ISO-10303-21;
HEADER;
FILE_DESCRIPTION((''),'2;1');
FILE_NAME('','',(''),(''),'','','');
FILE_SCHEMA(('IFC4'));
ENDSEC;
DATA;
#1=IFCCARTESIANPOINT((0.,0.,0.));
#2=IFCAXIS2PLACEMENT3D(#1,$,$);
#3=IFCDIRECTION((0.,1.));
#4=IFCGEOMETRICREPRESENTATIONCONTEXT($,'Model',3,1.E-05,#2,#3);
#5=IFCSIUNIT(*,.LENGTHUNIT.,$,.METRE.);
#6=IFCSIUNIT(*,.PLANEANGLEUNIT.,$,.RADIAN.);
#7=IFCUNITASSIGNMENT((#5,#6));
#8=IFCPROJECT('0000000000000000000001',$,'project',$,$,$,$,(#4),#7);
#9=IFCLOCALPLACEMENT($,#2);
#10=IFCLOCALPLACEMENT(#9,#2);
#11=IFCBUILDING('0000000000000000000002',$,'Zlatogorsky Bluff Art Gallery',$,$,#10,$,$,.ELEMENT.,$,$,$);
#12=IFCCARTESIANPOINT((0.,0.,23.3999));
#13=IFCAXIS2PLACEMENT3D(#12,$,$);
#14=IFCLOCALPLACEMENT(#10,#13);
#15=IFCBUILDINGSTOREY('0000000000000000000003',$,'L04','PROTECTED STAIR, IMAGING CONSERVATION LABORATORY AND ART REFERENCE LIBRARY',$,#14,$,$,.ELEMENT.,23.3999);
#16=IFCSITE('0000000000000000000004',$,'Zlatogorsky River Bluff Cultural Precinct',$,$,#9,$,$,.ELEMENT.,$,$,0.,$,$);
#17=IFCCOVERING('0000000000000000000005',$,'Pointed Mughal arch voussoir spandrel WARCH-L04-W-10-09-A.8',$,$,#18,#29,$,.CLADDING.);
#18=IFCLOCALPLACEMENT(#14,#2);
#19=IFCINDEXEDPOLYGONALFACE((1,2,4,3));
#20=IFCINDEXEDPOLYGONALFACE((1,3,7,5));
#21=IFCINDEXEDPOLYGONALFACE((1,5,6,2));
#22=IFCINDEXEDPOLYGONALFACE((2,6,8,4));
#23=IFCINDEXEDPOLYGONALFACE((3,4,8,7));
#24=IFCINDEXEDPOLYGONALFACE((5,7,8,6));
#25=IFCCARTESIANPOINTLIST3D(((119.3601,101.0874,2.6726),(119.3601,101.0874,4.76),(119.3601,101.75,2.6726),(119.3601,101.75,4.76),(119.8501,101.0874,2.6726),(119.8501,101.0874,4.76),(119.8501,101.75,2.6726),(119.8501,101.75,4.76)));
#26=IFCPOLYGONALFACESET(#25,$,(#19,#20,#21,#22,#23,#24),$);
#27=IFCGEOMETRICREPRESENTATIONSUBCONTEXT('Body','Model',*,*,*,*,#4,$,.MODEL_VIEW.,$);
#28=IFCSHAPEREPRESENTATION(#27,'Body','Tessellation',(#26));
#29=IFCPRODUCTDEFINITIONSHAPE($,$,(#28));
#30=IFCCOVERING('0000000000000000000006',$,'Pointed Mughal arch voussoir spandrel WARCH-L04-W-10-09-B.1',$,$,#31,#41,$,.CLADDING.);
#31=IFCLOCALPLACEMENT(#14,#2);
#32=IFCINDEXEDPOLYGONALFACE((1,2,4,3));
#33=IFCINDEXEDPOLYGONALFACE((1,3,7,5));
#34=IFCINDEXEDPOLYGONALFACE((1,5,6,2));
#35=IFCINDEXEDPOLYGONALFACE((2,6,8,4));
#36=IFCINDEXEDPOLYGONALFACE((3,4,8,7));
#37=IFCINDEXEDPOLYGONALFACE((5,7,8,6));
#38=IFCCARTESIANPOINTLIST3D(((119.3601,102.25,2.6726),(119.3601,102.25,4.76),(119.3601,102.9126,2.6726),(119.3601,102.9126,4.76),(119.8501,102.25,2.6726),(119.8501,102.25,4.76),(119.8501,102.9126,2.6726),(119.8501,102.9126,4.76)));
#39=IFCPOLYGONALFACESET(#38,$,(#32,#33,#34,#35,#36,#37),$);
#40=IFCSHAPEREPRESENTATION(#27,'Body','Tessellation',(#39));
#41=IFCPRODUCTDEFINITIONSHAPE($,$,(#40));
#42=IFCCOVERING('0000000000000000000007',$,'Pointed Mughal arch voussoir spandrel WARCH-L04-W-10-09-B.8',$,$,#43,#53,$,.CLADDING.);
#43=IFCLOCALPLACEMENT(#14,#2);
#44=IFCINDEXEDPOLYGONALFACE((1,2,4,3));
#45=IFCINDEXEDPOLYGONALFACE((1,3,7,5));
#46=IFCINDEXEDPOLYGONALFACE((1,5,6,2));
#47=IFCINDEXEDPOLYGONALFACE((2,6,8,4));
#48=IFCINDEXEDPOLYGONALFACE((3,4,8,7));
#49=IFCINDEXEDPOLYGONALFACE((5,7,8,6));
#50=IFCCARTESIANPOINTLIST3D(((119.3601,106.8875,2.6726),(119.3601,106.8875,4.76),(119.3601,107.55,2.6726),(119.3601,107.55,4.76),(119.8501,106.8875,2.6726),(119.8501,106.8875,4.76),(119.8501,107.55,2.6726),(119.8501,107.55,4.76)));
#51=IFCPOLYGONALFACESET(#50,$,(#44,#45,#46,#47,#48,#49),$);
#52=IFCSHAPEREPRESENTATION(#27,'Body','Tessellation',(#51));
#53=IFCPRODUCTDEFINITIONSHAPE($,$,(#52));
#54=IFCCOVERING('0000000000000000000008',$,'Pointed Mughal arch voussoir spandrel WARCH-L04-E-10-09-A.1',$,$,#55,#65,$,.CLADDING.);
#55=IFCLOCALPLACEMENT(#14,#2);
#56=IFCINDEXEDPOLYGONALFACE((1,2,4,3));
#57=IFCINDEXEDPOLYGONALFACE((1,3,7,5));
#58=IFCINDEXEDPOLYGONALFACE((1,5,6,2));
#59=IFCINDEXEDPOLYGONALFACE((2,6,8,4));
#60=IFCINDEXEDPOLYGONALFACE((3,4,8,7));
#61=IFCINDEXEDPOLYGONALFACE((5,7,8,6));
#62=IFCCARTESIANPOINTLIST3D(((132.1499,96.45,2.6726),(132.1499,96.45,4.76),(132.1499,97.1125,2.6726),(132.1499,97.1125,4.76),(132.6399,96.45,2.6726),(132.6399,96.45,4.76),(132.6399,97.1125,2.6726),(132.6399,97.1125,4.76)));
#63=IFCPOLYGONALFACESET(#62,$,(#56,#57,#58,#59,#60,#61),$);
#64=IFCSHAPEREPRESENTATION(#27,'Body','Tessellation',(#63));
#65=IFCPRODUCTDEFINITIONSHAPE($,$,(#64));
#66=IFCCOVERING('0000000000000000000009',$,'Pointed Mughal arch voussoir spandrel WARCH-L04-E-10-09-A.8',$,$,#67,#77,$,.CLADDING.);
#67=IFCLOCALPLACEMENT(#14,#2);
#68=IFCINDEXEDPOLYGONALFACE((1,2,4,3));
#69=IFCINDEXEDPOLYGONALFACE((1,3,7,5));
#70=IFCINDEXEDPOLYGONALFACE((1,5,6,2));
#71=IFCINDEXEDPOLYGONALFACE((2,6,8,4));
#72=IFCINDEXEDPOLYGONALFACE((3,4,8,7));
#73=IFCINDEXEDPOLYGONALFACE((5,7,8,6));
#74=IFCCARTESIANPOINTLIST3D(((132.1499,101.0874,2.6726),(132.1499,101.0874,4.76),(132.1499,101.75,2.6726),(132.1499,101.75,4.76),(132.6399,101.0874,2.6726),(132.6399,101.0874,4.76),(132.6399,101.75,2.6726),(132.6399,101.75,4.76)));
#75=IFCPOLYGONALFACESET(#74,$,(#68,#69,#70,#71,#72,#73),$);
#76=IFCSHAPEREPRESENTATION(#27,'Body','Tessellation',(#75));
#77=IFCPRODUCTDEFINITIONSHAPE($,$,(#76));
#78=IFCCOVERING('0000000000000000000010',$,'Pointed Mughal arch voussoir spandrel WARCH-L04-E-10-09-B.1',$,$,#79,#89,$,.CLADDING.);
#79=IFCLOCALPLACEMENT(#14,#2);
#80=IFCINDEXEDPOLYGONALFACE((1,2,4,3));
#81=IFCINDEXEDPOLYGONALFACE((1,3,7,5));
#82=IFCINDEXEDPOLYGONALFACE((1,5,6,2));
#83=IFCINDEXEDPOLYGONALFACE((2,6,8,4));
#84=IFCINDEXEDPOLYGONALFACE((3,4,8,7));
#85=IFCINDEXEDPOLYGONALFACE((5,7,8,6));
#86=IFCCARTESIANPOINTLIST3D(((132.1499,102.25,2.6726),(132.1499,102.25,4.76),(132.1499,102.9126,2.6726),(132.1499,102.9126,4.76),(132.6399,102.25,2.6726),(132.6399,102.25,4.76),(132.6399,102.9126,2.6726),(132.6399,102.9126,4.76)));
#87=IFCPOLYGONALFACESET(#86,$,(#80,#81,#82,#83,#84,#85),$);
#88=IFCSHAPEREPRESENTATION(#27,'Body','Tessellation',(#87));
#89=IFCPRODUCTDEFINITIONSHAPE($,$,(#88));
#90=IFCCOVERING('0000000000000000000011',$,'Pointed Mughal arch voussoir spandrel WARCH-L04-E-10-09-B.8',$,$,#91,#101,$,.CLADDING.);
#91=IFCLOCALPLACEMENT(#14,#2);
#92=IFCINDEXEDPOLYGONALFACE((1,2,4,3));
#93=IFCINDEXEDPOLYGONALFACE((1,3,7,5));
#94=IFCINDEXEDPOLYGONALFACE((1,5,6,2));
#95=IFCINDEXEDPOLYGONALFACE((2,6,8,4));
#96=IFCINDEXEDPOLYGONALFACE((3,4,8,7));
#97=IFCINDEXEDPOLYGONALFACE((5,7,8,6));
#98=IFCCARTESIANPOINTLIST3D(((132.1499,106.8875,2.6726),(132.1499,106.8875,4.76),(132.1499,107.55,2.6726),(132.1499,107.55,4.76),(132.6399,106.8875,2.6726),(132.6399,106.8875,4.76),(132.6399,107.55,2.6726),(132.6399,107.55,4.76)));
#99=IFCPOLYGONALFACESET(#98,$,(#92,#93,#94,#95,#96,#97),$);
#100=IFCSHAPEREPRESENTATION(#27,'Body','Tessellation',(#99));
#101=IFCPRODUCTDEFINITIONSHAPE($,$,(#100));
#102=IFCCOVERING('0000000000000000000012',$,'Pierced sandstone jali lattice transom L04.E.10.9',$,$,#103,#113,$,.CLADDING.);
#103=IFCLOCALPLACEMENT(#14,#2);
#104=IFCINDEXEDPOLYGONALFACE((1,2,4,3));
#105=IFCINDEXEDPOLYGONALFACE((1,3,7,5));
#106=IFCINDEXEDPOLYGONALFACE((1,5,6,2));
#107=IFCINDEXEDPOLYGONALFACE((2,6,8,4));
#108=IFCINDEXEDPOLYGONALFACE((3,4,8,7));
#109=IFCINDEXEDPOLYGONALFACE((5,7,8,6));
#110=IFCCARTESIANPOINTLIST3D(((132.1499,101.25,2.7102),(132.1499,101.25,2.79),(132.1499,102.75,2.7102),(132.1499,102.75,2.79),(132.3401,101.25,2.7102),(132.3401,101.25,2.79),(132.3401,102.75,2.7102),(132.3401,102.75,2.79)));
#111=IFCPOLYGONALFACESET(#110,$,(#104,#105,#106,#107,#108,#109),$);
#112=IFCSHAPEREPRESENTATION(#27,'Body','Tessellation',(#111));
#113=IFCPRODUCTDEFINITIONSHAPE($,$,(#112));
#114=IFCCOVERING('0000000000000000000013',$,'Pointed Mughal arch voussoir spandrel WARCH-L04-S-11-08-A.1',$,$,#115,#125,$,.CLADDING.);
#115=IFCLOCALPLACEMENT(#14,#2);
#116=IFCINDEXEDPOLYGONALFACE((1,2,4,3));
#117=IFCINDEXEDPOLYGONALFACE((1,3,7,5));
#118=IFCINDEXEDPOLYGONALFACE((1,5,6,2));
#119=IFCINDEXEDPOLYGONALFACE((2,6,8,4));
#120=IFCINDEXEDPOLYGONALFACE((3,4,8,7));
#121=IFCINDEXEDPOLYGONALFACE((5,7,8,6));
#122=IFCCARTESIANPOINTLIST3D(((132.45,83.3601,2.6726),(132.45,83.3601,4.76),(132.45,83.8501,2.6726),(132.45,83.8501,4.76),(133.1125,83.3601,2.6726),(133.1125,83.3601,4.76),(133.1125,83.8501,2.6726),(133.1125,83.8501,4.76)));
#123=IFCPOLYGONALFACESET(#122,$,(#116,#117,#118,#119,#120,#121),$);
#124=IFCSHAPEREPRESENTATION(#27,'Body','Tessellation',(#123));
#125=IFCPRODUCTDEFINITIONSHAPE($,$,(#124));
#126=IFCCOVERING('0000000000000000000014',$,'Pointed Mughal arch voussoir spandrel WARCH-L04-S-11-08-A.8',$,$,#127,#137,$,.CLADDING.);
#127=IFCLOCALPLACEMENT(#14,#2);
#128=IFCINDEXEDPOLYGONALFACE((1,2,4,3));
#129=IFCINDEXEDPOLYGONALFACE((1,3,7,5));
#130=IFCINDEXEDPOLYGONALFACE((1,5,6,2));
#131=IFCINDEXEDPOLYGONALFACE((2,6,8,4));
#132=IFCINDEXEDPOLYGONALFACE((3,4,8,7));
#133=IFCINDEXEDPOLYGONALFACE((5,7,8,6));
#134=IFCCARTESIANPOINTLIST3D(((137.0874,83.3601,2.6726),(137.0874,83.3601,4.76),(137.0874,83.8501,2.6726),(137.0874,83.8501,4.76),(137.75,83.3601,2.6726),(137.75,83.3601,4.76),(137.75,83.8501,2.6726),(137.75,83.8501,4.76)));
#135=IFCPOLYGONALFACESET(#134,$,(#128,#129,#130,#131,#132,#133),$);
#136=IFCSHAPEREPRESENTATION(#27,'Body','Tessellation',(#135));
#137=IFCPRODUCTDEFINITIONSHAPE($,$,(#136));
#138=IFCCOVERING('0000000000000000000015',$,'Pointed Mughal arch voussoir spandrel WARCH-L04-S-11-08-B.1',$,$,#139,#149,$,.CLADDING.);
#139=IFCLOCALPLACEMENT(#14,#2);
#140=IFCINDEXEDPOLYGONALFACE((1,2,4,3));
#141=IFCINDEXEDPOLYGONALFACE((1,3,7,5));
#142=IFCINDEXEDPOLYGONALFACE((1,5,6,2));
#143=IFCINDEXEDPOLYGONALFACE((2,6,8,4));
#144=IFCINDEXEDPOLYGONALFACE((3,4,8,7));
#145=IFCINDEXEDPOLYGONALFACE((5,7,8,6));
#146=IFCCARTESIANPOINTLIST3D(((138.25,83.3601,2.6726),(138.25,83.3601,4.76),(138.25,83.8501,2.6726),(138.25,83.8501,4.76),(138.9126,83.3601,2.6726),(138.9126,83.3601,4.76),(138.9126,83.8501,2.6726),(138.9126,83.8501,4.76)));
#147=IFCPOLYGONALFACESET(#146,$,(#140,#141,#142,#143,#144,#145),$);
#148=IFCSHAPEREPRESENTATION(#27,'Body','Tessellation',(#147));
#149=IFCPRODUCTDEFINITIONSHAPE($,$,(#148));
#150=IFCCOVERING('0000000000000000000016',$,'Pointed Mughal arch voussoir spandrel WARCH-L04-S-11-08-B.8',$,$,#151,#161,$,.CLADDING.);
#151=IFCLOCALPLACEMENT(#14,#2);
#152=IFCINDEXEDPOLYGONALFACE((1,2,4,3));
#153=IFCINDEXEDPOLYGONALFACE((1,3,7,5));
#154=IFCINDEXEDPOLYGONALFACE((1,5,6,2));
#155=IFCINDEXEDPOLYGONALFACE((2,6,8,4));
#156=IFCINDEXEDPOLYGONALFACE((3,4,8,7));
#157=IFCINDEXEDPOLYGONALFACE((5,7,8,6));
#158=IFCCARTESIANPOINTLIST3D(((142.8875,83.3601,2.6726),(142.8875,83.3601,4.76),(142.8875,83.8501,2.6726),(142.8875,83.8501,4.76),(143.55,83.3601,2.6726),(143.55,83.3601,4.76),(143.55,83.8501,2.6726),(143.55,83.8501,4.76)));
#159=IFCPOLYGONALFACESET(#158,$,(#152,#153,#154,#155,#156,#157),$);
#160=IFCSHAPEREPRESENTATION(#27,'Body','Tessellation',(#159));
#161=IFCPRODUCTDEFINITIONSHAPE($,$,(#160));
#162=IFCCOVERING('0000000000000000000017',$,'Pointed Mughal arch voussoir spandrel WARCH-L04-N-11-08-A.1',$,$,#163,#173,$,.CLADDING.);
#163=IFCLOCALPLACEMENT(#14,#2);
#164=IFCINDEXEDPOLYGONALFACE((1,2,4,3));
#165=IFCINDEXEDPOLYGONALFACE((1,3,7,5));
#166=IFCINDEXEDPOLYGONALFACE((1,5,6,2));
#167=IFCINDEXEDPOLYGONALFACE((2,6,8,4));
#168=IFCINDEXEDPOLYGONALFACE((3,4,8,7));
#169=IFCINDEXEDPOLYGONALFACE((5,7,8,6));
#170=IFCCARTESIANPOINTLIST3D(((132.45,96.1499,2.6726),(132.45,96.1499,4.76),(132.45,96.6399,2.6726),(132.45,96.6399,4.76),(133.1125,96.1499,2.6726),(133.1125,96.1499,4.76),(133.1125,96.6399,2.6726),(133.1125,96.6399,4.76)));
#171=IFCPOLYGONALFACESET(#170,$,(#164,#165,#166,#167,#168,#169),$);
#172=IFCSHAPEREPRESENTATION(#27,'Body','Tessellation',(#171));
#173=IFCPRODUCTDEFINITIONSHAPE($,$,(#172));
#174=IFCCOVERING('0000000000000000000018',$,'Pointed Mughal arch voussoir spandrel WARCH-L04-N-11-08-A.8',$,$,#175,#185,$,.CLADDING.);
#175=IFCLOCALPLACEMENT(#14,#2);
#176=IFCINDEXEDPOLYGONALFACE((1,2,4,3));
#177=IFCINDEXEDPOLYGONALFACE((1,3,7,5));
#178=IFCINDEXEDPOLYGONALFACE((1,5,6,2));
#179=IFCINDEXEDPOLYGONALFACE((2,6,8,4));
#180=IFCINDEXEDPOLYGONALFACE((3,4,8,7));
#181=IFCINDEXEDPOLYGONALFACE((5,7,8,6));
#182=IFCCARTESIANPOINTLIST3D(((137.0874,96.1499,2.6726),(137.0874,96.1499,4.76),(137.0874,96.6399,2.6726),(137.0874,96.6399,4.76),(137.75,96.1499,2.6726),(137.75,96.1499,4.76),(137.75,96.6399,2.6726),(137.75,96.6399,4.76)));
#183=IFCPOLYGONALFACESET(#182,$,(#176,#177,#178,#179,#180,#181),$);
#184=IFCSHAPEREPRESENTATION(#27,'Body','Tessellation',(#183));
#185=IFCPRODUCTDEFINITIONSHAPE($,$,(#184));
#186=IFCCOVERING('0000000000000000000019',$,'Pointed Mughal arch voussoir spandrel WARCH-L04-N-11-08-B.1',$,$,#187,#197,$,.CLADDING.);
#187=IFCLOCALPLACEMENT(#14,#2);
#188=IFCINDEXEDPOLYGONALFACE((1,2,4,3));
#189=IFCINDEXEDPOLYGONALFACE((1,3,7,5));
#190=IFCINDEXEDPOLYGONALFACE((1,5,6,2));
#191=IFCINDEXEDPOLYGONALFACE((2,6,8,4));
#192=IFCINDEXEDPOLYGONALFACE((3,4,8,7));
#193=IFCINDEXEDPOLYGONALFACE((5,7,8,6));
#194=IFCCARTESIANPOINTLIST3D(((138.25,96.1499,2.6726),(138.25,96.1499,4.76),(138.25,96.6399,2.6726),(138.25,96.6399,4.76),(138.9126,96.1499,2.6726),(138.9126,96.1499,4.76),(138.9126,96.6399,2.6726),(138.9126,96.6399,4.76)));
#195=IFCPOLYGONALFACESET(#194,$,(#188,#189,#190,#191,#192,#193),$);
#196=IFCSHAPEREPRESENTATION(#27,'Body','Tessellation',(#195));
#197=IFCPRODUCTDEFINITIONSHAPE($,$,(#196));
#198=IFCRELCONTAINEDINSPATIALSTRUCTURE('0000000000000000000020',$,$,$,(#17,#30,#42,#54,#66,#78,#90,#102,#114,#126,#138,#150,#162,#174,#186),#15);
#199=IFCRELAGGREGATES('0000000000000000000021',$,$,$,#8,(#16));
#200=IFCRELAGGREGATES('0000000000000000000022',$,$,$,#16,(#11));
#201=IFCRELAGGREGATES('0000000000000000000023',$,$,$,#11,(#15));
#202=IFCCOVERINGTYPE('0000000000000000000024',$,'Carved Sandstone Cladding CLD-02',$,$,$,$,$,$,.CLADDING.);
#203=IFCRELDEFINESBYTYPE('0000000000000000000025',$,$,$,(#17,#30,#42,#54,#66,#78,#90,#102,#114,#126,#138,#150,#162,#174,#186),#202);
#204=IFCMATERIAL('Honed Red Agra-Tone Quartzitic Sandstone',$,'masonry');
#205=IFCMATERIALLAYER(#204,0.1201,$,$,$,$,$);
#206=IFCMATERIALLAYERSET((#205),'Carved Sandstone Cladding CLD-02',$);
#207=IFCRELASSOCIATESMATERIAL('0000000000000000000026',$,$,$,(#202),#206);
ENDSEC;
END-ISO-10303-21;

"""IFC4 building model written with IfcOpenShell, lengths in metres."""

from ifc_helpers import new_model, si_unit, direction, frame, origin, place, context, subcontext, project, spatial, polyline, outline, extrude, material, layer, layer_set, type_object, element, save


model = new_model("IFC4")

# Units and contexts
model_context = context("Model", 3, precision=1e-05, world=origin(), true_north=direction((0.0, 1.0)))
body_context = subcontext(model_context, "Body", "Model", "MODEL_VIEW")
ifc_project = project(units=[si_unit("LENGTHUNIT", "METRE"), si_unit("PLANEANGLEUNIT", "RADIAN")], contexts=[model_context])

# Site, building, storey
site_placement = place(None, origin())
site = spatial("IfcSite", under=ifc_project, at=site_placement, Name="Zlatogorsky River Bluff Cultural Precinct", CompositionType="ELEMENT", RefElevation=0.0)
building_placement = place(site_placement, origin())
building = spatial("IfcBuilding", under=site, at=building_placement, Name="Zlatogorsky Bluff Art Gallery", CompositionType="ELEMENT")
storey_placement = place(building_placement, frame((0.0, 0.0, 23.3999)))
storey = spatial("IfcBuildingStorey", under=building, at=storey_placement, Name="L04", Description="PROTECTED STAIR, IMAGING CONSERVATION LABORATORY AND ART REFERENCE LIBRARY", CompositionType="ELEMENT", Elevation=23.3999)

# Coverings
ifc_material = material(Name="Honed Red Agra-Tone Quartzitic Sandstone", Category="masonry")
ifc_layer = layer(ifc_material, 0.1201)
ifc_layer_set = layer_set([ifc_layer], Name="Carved Sandstone Cladding CLD-02")
covering_type = type_object("IfcCoveringType", Name="Carved Sandstone Cladding CLD-02", PredefinedType="CLADDING", material=ifc_layer_set)
covering_1_placement = place(storey_placement, frame((0.0, 0.0, 2.6726)))
element("IfcCovering", 1, at=covering_1_placement, inside=storey, type_object=covering_type, Name="Pointed Mughal arch voussoir spandrel WARCH-L04-W-10-09-A.8", PredefinedType="CLADDING", context=body_context, shape_type="SweptSolid", body=[
    extrude(outline(polyline([(119.3601, 101.0874), (119.3601, 101.75), (119.8501, 101.75), (119.8501, 101.0874), (119.3601, 101.0874)])), origin(), (0.0, 0.0, 1.0), 2.0874),
])
covering_2_placement = place(storey_placement, frame((0.0, 0.0, 2.6726)))
element("IfcCovering", 2, at=covering_2_placement, inside=storey, type_object=covering_type, Name="Pointed Mughal arch voussoir spandrel WARCH-L04-W-10-09-B.1", PredefinedType="CLADDING", context=body_context, shape_type="SweptSolid", body=[
    extrude(outline(polyline([(119.3601, 102.25), (119.3601, 102.9126), (119.8501, 102.9126), (119.8501, 102.25), (119.3601, 102.25)])), origin(), (0.0, 0.0, 1.0), 2.0874),
])
covering_3_placement = place(storey_placement, frame((0.0, 0.0, 2.6726)))
element("IfcCovering", 3, at=covering_3_placement, inside=storey, type_object=covering_type, Name="Pointed Mughal arch voussoir spandrel WARCH-L04-W-10-09-B.8", PredefinedType="CLADDING", context=body_context, shape_type="SweptSolid", body=[
    extrude(outline(polyline([(119.3601, 106.8875), (119.3601, 107.55), (119.8501, 107.55), (119.8501, 106.8875), (119.3601, 106.8875)])), origin(), (0.0, 0.0, 1.0), 2.0874),
])
covering_4_placement = place(storey_placement, frame((0.0, 0.0, 2.6726)))
element("IfcCovering", 4, at=covering_4_placement, inside=storey, type_object=covering_type, Name="Pointed Mughal arch voussoir spandrel WARCH-L04-E-10-09-A.1", PredefinedType="CLADDING", context=body_context, shape_type="SweptSolid", body=[
    extrude(outline(polyline([(132.1499, 96.45), (132.1499, 97.1125), (132.6399, 97.1125), (132.6399, 96.45), (132.1499, 96.45)])), origin(), (0.0, 0.0, 1.0), 2.0874),
])
covering_5_placement = place(storey_placement, frame((0.0, 0.0, 2.6726)))
element("IfcCovering", 5, at=covering_5_placement, inside=storey, type_object=covering_type, Name="Pointed Mughal arch voussoir spandrel WARCH-L04-E-10-09-A.8", PredefinedType="CLADDING", context=body_context, shape_type="SweptSolid", body=[
    extrude(outline(polyline([(132.1499, 101.0874), (132.1499, 101.75), (132.6399, 101.75), (132.6399, 101.0874), (132.1499, 101.0874)])), origin(), (0.0, 0.0, 1.0), 2.0874),
])
covering_6_placement = place(storey_placement, frame((0.0, 0.0, 2.6726)))
element("IfcCovering", 6, at=covering_6_placement, inside=storey, type_object=covering_type, Name="Pointed Mughal arch voussoir spandrel WARCH-L04-E-10-09-B.1", PredefinedType="CLADDING", context=body_context, shape_type="SweptSolid", body=[
    extrude(outline(polyline([(132.1499, 102.25), (132.1499, 102.9126), (132.6399, 102.9126), (132.6399, 102.25), (132.1499, 102.25)])), origin(), (0.0, 0.0, 1.0), 2.0874),
])
covering_7_placement = place(storey_placement, frame((0.0, 0.0, 2.6726)))
element("IfcCovering", 7, at=covering_7_placement, inside=storey, type_object=covering_type, Name="Pointed Mughal arch voussoir spandrel WARCH-L04-E-10-09-B.8", PredefinedType="CLADDING", context=body_context, shape_type="SweptSolid", body=[
    extrude(outline(polyline([(132.1499, 106.8875), (132.1499, 107.55), (132.6399, 107.55), (132.6399, 106.8875), (132.1499, 106.8875)])), origin(), (0.0, 0.0, 1.0), 2.0874),
])
covering_8_placement = place(storey_placement, frame((0.0, 0.0, 2.7102)))
element("IfcCovering", 8, at=covering_8_placement, inside=storey, type_object=covering_type, Name="Pierced sandstone jali lattice transom L04.E.10.9", PredefinedType="CLADDING", context=body_context, shape_type="SweptSolid", body=[
    extrude(outline(polyline([(132.1499, 101.25), (132.1499, 102.75), (132.3401, 102.75), (132.3401, 101.25), (132.1499, 101.25)])), origin(), (0.0, 0.0, 1.0), 0.0798),
])
covering_9_placement = place(storey_placement, frame((0.0, 0.0, 2.6726)))
element("IfcCovering", 9, at=covering_9_placement, inside=storey, type_object=covering_type, Name="Pointed Mughal arch voussoir spandrel WARCH-L04-S-11-08-A.1", PredefinedType="CLADDING", context=body_context, shape_type="SweptSolid", body=[
    extrude(outline(polyline([(132.45, 83.3601), (133.1125, 83.3601), (133.1125, 83.8501), (132.45, 83.8501), (132.45, 83.3601)])), origin(), (0.0, 0.0, 1.0), 2.0874),
])
covering_10_placement = place(storey_placement, frame((0.0, 0.0, 2.6726)))
element("IfcCovering", 10, at=covering_10_placement, inside=storey, type_object=covering_type, Name="Pointed Mughal arch voussoir spandrel WARCH-L04-S-11-08-A.8", PredefinedType="CLADDING", context=body_context, shape_type="SweptSolid", body=[
    extrude(outline(polyline([(137.0874, 83.3601), (137.75, 83.3601), (137.75, 83.8501), (137.0874, 83.8501), (137.0874, 83.3601)])), origin(), (0.0, 0.0, 1.0), 2.0874),
])
covering_11_placement = place(storey_placement, frame((0.0, 0.0, 2.6726)))
element("IfcCovering", 11, at=covering_11_placement, inside=storey, type_object=covering_type, Name="Pointed Mughal arch voussoir spandrel WARCH-L04-S-11-08-B.1", PredefinedType="CLADDING", context=body_context, shape_type="SweptSolid", body=[
    extrude(outline(polyline([(138.25, 83.3601), (138.9126, 83.3601), (138.9126, 83.8501), (138.25, 83.8501), (138.25, 83.3601)])), origin(), (0.0, 0.0, 1.0), 2.0874),
])
covering_12_placement = place(storey_placement, frame((0.0, 0.0, 2.6726)))
element("IfcCovering", 12, at=covering_12_placement, inside=storey, type_object=covering_type, Name="Pointed Mughal arch voussoir spandrel WARCH-L04-S-11-08-B.8", PredefinedType="CLADDING", context=body_context, shape_type="SweptSolid", body=[
    extrude(outline(polyline([(142.8875, 83.3601), (143.55, 83.3601), (143.55, 83.8501), (142.8875, 83.8501), (142.8875, 83.3601)])), origin(), (0.0, 0.0, 1.0), 2.0874),
])
covering_13_placement = place(storey_placement, frame((0.0, 0.0, 2.6726)))
element("IfcCovering", 13, at=covering_13_placement, inside=storey, type_object=covering_type, Name="Pointed Mughal arch voussoir spandrel WARCH-L04-N-11-08-A.1", PredefinedType="CLADDING", context=body_context, shape_type="SweptSolid", body=[
    extrude(outline(polyline([(132.45, 96.1499), (133.1125, 96.1499), (133.1125, 96.6399), (132.45, 96.6399), (132.45, 96.1499)])), origin(), (0.0, 0.0, 1.0), 2.0874),
])
covering_14_placement = place(storey_placement, frame((0.0, 0.0, 2.6726)))
element("IfcCovering", 14, at=covering_14_placement, inside=storey, type_object=covering_type, Name="Pointed Mughal arch voussoir spandrel WARCH-L04-N-11-08-A.8", PredefinedType="CLADDING", context=body_context, shape_type="SweptSolid", body=[
    extrude(outline(polyline([(137.0874, 96.1499), (137.75, 96.1499), (137.75, 96.6399), (137.0874, 96.6399), (137.0874, 96.1499)])), origin(), (0.0, 0.0, 1.0), 2.0874),
])
covering_15_placement = place(storey_placement, frame((0.0, 0.0, 2.6726)))
element("IfcCovering", 15, at=covering_15_placement, inside=storey, type_object=covering_type, Name="Pointed Mughal arch voussoir spandrel WARCH-L04-N-11-08-B.1", PredefinedType="CLADDING", context=body_context, shape_type="SweptSolid", body=[
    extrude(outline(polyline([(138.25, 96.1499), (138.9126, 96.1499), (138.9126, 96.6399), (138.25, 96.6399), (138.25, 96.1499)])), origin(), (0.0, 0.0, 1.0), 2.0874),
])

save(model, "model.ifc")
